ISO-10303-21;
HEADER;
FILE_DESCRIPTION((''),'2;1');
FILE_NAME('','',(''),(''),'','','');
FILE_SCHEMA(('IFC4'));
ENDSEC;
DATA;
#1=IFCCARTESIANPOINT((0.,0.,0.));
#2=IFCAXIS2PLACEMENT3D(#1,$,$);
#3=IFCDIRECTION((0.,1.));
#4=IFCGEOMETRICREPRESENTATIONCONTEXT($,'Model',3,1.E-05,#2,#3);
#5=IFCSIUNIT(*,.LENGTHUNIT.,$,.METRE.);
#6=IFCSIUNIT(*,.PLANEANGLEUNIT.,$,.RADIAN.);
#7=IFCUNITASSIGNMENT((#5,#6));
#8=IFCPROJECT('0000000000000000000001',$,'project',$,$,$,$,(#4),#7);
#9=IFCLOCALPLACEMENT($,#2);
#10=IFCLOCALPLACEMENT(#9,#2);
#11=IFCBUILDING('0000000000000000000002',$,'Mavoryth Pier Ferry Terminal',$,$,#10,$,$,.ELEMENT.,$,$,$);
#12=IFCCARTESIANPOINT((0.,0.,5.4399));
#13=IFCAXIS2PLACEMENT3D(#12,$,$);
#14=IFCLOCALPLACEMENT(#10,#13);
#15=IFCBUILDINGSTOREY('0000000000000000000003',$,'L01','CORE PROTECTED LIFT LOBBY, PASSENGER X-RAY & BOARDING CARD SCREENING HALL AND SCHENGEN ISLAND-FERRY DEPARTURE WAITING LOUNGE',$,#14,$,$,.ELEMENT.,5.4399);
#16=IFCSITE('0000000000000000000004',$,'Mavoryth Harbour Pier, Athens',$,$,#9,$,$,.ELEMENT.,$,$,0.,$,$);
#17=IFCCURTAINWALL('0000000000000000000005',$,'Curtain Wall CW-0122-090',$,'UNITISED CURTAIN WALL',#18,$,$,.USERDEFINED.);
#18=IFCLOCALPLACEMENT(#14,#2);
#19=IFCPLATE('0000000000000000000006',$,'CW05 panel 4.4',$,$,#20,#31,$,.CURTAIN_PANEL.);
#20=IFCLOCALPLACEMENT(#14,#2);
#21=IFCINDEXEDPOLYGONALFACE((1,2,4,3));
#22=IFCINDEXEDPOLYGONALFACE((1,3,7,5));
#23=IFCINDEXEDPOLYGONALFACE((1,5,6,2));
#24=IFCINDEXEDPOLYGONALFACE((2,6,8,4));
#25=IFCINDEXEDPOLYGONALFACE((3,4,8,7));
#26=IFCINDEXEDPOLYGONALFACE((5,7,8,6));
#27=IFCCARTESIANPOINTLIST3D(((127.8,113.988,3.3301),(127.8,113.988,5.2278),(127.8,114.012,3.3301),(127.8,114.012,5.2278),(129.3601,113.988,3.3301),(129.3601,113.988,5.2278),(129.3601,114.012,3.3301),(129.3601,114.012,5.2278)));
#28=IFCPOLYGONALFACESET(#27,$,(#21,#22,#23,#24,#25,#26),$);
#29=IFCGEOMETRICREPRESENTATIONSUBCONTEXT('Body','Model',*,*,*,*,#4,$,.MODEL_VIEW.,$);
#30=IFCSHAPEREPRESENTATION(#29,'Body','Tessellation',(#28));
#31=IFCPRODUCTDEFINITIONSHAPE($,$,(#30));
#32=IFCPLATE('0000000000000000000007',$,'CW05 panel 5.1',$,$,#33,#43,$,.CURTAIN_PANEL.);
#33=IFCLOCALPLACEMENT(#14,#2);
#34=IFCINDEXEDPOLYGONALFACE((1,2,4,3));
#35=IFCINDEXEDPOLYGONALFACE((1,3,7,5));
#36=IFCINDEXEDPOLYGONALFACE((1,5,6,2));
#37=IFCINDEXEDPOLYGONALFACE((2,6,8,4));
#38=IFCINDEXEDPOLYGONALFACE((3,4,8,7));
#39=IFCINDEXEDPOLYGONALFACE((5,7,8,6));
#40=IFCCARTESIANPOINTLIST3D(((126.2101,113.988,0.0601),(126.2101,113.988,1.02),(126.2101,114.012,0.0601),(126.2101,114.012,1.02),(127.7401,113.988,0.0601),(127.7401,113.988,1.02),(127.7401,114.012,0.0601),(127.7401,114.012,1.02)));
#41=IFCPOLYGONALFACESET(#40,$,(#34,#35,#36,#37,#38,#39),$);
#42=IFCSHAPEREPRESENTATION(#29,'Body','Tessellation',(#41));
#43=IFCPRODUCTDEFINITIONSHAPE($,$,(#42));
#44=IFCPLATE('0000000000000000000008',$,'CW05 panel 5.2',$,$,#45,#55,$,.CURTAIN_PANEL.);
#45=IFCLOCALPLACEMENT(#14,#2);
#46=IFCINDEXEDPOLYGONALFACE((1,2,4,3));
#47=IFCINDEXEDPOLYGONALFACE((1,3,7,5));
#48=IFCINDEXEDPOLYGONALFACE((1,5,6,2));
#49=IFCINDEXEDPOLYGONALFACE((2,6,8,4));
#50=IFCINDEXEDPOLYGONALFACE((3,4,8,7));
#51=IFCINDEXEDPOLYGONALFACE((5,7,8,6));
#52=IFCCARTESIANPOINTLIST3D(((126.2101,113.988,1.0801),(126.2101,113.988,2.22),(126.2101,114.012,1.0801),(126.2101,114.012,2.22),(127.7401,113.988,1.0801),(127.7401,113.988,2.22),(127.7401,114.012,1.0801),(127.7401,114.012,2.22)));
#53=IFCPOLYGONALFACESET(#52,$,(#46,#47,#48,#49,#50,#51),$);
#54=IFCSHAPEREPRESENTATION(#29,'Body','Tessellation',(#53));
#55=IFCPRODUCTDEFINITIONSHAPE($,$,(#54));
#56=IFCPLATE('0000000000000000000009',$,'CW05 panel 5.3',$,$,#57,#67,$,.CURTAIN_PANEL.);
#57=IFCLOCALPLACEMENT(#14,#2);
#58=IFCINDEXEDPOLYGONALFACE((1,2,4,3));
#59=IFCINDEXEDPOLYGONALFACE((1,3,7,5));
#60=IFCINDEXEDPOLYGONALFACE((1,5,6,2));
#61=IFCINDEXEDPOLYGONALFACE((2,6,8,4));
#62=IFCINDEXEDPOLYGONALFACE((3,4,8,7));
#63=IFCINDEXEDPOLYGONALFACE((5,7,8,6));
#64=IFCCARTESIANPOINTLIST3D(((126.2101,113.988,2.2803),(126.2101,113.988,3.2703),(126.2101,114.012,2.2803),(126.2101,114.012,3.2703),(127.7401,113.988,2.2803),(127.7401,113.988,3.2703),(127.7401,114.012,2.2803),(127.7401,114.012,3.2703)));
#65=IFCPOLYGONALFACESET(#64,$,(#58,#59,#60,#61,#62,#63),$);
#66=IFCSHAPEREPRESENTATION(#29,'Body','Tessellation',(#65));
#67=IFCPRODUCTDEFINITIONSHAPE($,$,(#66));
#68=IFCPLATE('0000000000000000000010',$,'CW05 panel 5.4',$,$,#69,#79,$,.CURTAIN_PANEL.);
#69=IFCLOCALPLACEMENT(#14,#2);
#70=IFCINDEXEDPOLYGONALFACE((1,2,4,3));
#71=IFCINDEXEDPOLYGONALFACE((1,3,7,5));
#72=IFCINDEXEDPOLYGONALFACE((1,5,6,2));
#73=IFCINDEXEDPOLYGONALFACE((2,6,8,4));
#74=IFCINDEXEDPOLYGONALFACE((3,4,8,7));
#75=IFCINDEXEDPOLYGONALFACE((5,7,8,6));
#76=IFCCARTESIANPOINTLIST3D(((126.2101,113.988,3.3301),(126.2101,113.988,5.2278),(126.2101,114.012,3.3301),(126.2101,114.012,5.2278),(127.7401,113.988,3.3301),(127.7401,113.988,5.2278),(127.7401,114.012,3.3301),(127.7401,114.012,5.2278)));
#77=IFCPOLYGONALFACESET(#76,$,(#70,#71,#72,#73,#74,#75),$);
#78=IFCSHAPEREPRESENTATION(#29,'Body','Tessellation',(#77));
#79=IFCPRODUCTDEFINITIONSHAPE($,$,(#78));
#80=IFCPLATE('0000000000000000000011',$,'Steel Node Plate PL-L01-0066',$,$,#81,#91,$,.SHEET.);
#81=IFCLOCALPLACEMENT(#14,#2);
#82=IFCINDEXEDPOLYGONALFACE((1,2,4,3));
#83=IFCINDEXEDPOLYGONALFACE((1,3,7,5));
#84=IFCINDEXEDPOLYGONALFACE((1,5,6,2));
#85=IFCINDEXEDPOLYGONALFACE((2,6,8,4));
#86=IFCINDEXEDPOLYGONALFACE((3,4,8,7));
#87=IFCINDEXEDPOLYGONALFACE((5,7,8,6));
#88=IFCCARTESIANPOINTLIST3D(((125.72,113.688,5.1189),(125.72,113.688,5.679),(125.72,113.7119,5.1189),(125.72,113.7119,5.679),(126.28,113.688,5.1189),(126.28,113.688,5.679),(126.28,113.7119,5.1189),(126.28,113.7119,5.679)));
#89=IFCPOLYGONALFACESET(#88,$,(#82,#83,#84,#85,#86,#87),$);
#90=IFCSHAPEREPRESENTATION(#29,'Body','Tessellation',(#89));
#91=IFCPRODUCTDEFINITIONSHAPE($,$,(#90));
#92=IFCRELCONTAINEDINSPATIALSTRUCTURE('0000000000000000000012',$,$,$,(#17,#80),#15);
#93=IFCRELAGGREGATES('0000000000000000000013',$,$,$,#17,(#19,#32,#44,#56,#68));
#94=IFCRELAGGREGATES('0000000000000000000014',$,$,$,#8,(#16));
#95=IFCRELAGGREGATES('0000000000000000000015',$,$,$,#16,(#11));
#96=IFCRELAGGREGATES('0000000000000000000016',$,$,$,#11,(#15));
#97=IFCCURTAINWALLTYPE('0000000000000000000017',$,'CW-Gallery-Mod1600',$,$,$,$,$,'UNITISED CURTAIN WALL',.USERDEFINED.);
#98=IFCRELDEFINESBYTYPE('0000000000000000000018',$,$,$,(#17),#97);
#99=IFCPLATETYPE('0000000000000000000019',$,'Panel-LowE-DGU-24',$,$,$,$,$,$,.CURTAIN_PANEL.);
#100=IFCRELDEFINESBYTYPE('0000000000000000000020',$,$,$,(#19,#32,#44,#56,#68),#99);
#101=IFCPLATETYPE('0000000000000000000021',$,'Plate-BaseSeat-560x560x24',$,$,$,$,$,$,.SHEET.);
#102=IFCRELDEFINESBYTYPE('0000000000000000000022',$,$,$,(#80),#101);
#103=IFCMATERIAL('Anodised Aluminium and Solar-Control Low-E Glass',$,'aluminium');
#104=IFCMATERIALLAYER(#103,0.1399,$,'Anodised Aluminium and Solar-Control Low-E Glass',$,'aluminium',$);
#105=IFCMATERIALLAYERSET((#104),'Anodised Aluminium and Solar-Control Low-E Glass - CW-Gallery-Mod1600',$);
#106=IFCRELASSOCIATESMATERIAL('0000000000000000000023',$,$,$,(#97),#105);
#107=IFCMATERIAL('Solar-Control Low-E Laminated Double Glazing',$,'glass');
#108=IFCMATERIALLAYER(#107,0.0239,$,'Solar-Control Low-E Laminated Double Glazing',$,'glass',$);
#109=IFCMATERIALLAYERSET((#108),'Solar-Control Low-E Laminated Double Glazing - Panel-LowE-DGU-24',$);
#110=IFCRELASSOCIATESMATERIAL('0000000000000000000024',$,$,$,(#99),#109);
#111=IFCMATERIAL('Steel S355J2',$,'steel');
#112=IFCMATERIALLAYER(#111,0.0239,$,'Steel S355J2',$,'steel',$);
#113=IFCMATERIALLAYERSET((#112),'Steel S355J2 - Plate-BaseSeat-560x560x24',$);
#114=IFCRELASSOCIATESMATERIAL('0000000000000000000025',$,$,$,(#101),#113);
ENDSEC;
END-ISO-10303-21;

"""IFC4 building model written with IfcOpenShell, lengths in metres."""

from ifc_helpers import new_model, si_unit, direction, frame, origin, origin_2d, place, context, subcontext, project, spatial, rectangle, extrude, material, layer, layer_set, type_object, element, aggregate, save


model = new_model("IFC4")

# Units and contexts
model_context = context("Model", 3, precision=1e-05, world=origin(), true_north=direction((0.0, 1.0)))
body_context = subcontext(model_context, "Body", "Model", "MODEL_VIEW")
ifc_project = project(units=[si_unit("LENGTHUNIT", "METRE"), si_unit("PLANEANGLEUNIT", "RADIAN")], contexts=[model_context])

# Site, building, storey
site_placement = place(None, origin())
site = spatial("IfcSite", under=ifc_project, at=site_placement, Name="Mavoryth Harbour Pier, Athens", CompositionType="ELEMENT", RefElevation=0.0)
building_placement = place(site_placement, origin())
building = spatial("IfcBuilding", under=site, at=building_placement, Name="Mavoryth Pier Ferry Terminal", CompositionType="ELEMENT")
storey_placement = place(building_placement, frame((0.0, 0.0, 5.4399)))
storey = spatial("IfcBuildingStorey", under=building, at=storey_placement, Name="L01", Description="CORE PROTECTED LIFT LOBBY, PASSENGER X-RAY & BOARDING CARD SCREENING HALL AND SCHENGEN ISLAND-FERRY DEPARTURE WAITING LOUNGE", CompositionType="ELEMENT", Elevation=5.4399)

# Shared definitions
ifc_material_1 = material(Name="Steel S355J2", Category="steel")

# Shared definitions
ifc_material_2 = material(Name="Anodised Aluminium and Solar-Control Low-E Glass", Category="aluminium")
ifc_layer_1 = layer(ifc_material_2, 0.1399, Name="Anodised Aluminium and Solar-Control Low-E Glass", Category="aluminium")
ifc_layer_set_1 = layer_set([ifc_layer_1], Name="Anodised Aluminium and Solar-Control Low-E Glass - CW-Gallery-Mod1600")
curtain_wall_type = type_object("IfcCurtainWallType", Name="CW-Gallery-Mod1600", ElementType="UNITISED CURTAIN WALL", PredefinedType="USERDEFINED", material=ifc_layer_set_1)

# Curtain wall
curtain_wall_1_placement = place(storey_placement, origin())
curtain_wall_1 = element("IfcCurtainWall", 1, at=curtain_wall_1_placement, inside=storey, type_object=curtain_wall_type, Name="Curtain Wall CW-0122-090", ObjectType="UNITISED CURTAIN WALL", PredefinedType="USERDEFINED")

# Plates
ifc_material_3 = material(Name="Solar-Control Low-E Laminated Double Glazing", Category="glass")
ifc_layer_2 = layer(ifc_material_3, 0.0239, Name="Solar-Control Low-E Laminated Double Glazing", Category="glass")
ifc_layer_set_2 = layer_set([ifc_layer_2], Name="Solar-Control Low-E Laminated Double Glazing - Panel-LowE-DGU-24")
plate_type_1 = type_object("IfcPlateType", Name="Panel-LowE-DGU-24", PredefinedType="CURTAIN_PANEL", material=ifc_layer_set_2)
plate_1_placement = place(storey_placement, frame((128.5801, 114.0, 3.3301), z_axis=(0.0, 0.0, 1.0), x_axis=(-1.0, 0.0, 0.0)))
plate_1 = element("IfcPlate", 2, at=plate_1_placement, type_object=plate_type_1, Name="CW05 panel 4.4", PredefinedType="CURTAIN_PANEL", context=body_context, shape_type="SweptSolid", body=[
    extrude(rectangle(XDim=1.5601, YDim=0.0239, at=origin_2d()), origin(), (0.0, 0.0, 1.0), 1.8977),
])
plate_2_placement = place(storey_placement, frame((126.9751, 114.0, 0.0601), z_axis=(0.0, 0.0, 1.0), x_axis=(-1.0, 0.0, 0.0)))
plate_2 = element("IfcPlate", 3, at=plate_2_placement, type_object=plate_type_1, Name="CW05 panel 5.1", PredefinedType="CURTAIN_PANEL", context=body_context, shape_type="SweptSolid", body=[
    extrude(rectangle(XDim=1.53, YDim=0.0239, at=origin_2d()), origin(), (0.0, 0.0, 1.0), 0.96),
])
plate_3_placement = place(storey_placement, frame((126.9751, 114.0, 1.0801), z_axis=(0.0, 0.0, 1.0), x_axis=(-1.0, 0.0, 0.0)))
plate_3 = element("IfcPlate", 4, at=plate_3_placement, type_object=plate_type_1, Name="CW05 panel 5.2", PredefinedType="CURTAIN_PANEL", context=body_context, shape_type="SweptSolid", body=[
    extrude(rectangle(XDim=1.53, YDim=0.0239, at=origin_2d()), origin(), (0.0, 0.0, 1.0), 1.1399),
])
plate_4_placement = place(storey_placement, frame((126.9751, 114.0, 2.2803), z_axis=(0.0, 0.0, 1.0), x_axis=(-1.0, 0.0, 0.0)))
plate_4 = element("IfcPlate", 5, at=plate_4_placement, type_object=plate_type_1, Name="CW05 panel 5.3", PredefinedType="CURTAIN_PANEL", context=body_context, shape_type="SweptSolid", body=[
    extrude(rectangle(XDim=1.53, YDim=0.0239, at=origin_2d()), origin(), (0.0, 0.0, 1.0), 0.99),
])
plate_5_placement = place(storey_placement, frame((126.9751, 114.0, 3.3301), z_axis=(0.0, 0.0, 1.0), x_axis=(-1.0, 0.0, 0.0)))
plate_5 = element("IfcPlate", 6, at=plate_5_placement, type_object=plate_type_1, Name="CW05 panel 5.4", PredefinedType="CURTAIN_PANEL", context=body_context, shape_type="SweptSolid", body=[
    extrude(rectangle(XDim=1.53, YDim=0.0239, at=origin_2d()), origin(), (0.0, 0.0, 1.0), 1.8977),
])
aggregate(curtain_wall_1, [plate_1, plate_2, plate_3, plate_4, plate_5])
ifc_layer_3 = layer(ifc_material_1, 0.0239, Name="Steel S355J2", Category="steel")
ifc_layer_set_3 = layer_set([ifc_layer_3], Name="Steel S355J2 - Plate-BaseSeat-560x560x24")
plate_type_2 = type_object("IfcPlateType", Name="Plate-BaseSeat-560x560x24", PredefinedType="SHEET", material=ifc_layer_set_3)
plate_6_placement = place(storey_placement, frame((126.0, 113.7, 5.1189), z_axis=(0.0, 0.0, 1.0), x_axis=(1.0, 0.0, 0.0)))
element("IfcPlate", 7, at=plate_6_placement, inside=storey, type_object=plate_type_2, Name="Steel Node Plate PL-L01-0066", PredefinedType="SHEET", context=body_context, shape_type="SweptSolid", body=[
    extrude(rectangle(XDim=0.5601, YDim=0.0239, at=origin_2d()), origin(), (0.0, 0.0, 1.0), 0.5601),
])

save(model, "model.ifc")
